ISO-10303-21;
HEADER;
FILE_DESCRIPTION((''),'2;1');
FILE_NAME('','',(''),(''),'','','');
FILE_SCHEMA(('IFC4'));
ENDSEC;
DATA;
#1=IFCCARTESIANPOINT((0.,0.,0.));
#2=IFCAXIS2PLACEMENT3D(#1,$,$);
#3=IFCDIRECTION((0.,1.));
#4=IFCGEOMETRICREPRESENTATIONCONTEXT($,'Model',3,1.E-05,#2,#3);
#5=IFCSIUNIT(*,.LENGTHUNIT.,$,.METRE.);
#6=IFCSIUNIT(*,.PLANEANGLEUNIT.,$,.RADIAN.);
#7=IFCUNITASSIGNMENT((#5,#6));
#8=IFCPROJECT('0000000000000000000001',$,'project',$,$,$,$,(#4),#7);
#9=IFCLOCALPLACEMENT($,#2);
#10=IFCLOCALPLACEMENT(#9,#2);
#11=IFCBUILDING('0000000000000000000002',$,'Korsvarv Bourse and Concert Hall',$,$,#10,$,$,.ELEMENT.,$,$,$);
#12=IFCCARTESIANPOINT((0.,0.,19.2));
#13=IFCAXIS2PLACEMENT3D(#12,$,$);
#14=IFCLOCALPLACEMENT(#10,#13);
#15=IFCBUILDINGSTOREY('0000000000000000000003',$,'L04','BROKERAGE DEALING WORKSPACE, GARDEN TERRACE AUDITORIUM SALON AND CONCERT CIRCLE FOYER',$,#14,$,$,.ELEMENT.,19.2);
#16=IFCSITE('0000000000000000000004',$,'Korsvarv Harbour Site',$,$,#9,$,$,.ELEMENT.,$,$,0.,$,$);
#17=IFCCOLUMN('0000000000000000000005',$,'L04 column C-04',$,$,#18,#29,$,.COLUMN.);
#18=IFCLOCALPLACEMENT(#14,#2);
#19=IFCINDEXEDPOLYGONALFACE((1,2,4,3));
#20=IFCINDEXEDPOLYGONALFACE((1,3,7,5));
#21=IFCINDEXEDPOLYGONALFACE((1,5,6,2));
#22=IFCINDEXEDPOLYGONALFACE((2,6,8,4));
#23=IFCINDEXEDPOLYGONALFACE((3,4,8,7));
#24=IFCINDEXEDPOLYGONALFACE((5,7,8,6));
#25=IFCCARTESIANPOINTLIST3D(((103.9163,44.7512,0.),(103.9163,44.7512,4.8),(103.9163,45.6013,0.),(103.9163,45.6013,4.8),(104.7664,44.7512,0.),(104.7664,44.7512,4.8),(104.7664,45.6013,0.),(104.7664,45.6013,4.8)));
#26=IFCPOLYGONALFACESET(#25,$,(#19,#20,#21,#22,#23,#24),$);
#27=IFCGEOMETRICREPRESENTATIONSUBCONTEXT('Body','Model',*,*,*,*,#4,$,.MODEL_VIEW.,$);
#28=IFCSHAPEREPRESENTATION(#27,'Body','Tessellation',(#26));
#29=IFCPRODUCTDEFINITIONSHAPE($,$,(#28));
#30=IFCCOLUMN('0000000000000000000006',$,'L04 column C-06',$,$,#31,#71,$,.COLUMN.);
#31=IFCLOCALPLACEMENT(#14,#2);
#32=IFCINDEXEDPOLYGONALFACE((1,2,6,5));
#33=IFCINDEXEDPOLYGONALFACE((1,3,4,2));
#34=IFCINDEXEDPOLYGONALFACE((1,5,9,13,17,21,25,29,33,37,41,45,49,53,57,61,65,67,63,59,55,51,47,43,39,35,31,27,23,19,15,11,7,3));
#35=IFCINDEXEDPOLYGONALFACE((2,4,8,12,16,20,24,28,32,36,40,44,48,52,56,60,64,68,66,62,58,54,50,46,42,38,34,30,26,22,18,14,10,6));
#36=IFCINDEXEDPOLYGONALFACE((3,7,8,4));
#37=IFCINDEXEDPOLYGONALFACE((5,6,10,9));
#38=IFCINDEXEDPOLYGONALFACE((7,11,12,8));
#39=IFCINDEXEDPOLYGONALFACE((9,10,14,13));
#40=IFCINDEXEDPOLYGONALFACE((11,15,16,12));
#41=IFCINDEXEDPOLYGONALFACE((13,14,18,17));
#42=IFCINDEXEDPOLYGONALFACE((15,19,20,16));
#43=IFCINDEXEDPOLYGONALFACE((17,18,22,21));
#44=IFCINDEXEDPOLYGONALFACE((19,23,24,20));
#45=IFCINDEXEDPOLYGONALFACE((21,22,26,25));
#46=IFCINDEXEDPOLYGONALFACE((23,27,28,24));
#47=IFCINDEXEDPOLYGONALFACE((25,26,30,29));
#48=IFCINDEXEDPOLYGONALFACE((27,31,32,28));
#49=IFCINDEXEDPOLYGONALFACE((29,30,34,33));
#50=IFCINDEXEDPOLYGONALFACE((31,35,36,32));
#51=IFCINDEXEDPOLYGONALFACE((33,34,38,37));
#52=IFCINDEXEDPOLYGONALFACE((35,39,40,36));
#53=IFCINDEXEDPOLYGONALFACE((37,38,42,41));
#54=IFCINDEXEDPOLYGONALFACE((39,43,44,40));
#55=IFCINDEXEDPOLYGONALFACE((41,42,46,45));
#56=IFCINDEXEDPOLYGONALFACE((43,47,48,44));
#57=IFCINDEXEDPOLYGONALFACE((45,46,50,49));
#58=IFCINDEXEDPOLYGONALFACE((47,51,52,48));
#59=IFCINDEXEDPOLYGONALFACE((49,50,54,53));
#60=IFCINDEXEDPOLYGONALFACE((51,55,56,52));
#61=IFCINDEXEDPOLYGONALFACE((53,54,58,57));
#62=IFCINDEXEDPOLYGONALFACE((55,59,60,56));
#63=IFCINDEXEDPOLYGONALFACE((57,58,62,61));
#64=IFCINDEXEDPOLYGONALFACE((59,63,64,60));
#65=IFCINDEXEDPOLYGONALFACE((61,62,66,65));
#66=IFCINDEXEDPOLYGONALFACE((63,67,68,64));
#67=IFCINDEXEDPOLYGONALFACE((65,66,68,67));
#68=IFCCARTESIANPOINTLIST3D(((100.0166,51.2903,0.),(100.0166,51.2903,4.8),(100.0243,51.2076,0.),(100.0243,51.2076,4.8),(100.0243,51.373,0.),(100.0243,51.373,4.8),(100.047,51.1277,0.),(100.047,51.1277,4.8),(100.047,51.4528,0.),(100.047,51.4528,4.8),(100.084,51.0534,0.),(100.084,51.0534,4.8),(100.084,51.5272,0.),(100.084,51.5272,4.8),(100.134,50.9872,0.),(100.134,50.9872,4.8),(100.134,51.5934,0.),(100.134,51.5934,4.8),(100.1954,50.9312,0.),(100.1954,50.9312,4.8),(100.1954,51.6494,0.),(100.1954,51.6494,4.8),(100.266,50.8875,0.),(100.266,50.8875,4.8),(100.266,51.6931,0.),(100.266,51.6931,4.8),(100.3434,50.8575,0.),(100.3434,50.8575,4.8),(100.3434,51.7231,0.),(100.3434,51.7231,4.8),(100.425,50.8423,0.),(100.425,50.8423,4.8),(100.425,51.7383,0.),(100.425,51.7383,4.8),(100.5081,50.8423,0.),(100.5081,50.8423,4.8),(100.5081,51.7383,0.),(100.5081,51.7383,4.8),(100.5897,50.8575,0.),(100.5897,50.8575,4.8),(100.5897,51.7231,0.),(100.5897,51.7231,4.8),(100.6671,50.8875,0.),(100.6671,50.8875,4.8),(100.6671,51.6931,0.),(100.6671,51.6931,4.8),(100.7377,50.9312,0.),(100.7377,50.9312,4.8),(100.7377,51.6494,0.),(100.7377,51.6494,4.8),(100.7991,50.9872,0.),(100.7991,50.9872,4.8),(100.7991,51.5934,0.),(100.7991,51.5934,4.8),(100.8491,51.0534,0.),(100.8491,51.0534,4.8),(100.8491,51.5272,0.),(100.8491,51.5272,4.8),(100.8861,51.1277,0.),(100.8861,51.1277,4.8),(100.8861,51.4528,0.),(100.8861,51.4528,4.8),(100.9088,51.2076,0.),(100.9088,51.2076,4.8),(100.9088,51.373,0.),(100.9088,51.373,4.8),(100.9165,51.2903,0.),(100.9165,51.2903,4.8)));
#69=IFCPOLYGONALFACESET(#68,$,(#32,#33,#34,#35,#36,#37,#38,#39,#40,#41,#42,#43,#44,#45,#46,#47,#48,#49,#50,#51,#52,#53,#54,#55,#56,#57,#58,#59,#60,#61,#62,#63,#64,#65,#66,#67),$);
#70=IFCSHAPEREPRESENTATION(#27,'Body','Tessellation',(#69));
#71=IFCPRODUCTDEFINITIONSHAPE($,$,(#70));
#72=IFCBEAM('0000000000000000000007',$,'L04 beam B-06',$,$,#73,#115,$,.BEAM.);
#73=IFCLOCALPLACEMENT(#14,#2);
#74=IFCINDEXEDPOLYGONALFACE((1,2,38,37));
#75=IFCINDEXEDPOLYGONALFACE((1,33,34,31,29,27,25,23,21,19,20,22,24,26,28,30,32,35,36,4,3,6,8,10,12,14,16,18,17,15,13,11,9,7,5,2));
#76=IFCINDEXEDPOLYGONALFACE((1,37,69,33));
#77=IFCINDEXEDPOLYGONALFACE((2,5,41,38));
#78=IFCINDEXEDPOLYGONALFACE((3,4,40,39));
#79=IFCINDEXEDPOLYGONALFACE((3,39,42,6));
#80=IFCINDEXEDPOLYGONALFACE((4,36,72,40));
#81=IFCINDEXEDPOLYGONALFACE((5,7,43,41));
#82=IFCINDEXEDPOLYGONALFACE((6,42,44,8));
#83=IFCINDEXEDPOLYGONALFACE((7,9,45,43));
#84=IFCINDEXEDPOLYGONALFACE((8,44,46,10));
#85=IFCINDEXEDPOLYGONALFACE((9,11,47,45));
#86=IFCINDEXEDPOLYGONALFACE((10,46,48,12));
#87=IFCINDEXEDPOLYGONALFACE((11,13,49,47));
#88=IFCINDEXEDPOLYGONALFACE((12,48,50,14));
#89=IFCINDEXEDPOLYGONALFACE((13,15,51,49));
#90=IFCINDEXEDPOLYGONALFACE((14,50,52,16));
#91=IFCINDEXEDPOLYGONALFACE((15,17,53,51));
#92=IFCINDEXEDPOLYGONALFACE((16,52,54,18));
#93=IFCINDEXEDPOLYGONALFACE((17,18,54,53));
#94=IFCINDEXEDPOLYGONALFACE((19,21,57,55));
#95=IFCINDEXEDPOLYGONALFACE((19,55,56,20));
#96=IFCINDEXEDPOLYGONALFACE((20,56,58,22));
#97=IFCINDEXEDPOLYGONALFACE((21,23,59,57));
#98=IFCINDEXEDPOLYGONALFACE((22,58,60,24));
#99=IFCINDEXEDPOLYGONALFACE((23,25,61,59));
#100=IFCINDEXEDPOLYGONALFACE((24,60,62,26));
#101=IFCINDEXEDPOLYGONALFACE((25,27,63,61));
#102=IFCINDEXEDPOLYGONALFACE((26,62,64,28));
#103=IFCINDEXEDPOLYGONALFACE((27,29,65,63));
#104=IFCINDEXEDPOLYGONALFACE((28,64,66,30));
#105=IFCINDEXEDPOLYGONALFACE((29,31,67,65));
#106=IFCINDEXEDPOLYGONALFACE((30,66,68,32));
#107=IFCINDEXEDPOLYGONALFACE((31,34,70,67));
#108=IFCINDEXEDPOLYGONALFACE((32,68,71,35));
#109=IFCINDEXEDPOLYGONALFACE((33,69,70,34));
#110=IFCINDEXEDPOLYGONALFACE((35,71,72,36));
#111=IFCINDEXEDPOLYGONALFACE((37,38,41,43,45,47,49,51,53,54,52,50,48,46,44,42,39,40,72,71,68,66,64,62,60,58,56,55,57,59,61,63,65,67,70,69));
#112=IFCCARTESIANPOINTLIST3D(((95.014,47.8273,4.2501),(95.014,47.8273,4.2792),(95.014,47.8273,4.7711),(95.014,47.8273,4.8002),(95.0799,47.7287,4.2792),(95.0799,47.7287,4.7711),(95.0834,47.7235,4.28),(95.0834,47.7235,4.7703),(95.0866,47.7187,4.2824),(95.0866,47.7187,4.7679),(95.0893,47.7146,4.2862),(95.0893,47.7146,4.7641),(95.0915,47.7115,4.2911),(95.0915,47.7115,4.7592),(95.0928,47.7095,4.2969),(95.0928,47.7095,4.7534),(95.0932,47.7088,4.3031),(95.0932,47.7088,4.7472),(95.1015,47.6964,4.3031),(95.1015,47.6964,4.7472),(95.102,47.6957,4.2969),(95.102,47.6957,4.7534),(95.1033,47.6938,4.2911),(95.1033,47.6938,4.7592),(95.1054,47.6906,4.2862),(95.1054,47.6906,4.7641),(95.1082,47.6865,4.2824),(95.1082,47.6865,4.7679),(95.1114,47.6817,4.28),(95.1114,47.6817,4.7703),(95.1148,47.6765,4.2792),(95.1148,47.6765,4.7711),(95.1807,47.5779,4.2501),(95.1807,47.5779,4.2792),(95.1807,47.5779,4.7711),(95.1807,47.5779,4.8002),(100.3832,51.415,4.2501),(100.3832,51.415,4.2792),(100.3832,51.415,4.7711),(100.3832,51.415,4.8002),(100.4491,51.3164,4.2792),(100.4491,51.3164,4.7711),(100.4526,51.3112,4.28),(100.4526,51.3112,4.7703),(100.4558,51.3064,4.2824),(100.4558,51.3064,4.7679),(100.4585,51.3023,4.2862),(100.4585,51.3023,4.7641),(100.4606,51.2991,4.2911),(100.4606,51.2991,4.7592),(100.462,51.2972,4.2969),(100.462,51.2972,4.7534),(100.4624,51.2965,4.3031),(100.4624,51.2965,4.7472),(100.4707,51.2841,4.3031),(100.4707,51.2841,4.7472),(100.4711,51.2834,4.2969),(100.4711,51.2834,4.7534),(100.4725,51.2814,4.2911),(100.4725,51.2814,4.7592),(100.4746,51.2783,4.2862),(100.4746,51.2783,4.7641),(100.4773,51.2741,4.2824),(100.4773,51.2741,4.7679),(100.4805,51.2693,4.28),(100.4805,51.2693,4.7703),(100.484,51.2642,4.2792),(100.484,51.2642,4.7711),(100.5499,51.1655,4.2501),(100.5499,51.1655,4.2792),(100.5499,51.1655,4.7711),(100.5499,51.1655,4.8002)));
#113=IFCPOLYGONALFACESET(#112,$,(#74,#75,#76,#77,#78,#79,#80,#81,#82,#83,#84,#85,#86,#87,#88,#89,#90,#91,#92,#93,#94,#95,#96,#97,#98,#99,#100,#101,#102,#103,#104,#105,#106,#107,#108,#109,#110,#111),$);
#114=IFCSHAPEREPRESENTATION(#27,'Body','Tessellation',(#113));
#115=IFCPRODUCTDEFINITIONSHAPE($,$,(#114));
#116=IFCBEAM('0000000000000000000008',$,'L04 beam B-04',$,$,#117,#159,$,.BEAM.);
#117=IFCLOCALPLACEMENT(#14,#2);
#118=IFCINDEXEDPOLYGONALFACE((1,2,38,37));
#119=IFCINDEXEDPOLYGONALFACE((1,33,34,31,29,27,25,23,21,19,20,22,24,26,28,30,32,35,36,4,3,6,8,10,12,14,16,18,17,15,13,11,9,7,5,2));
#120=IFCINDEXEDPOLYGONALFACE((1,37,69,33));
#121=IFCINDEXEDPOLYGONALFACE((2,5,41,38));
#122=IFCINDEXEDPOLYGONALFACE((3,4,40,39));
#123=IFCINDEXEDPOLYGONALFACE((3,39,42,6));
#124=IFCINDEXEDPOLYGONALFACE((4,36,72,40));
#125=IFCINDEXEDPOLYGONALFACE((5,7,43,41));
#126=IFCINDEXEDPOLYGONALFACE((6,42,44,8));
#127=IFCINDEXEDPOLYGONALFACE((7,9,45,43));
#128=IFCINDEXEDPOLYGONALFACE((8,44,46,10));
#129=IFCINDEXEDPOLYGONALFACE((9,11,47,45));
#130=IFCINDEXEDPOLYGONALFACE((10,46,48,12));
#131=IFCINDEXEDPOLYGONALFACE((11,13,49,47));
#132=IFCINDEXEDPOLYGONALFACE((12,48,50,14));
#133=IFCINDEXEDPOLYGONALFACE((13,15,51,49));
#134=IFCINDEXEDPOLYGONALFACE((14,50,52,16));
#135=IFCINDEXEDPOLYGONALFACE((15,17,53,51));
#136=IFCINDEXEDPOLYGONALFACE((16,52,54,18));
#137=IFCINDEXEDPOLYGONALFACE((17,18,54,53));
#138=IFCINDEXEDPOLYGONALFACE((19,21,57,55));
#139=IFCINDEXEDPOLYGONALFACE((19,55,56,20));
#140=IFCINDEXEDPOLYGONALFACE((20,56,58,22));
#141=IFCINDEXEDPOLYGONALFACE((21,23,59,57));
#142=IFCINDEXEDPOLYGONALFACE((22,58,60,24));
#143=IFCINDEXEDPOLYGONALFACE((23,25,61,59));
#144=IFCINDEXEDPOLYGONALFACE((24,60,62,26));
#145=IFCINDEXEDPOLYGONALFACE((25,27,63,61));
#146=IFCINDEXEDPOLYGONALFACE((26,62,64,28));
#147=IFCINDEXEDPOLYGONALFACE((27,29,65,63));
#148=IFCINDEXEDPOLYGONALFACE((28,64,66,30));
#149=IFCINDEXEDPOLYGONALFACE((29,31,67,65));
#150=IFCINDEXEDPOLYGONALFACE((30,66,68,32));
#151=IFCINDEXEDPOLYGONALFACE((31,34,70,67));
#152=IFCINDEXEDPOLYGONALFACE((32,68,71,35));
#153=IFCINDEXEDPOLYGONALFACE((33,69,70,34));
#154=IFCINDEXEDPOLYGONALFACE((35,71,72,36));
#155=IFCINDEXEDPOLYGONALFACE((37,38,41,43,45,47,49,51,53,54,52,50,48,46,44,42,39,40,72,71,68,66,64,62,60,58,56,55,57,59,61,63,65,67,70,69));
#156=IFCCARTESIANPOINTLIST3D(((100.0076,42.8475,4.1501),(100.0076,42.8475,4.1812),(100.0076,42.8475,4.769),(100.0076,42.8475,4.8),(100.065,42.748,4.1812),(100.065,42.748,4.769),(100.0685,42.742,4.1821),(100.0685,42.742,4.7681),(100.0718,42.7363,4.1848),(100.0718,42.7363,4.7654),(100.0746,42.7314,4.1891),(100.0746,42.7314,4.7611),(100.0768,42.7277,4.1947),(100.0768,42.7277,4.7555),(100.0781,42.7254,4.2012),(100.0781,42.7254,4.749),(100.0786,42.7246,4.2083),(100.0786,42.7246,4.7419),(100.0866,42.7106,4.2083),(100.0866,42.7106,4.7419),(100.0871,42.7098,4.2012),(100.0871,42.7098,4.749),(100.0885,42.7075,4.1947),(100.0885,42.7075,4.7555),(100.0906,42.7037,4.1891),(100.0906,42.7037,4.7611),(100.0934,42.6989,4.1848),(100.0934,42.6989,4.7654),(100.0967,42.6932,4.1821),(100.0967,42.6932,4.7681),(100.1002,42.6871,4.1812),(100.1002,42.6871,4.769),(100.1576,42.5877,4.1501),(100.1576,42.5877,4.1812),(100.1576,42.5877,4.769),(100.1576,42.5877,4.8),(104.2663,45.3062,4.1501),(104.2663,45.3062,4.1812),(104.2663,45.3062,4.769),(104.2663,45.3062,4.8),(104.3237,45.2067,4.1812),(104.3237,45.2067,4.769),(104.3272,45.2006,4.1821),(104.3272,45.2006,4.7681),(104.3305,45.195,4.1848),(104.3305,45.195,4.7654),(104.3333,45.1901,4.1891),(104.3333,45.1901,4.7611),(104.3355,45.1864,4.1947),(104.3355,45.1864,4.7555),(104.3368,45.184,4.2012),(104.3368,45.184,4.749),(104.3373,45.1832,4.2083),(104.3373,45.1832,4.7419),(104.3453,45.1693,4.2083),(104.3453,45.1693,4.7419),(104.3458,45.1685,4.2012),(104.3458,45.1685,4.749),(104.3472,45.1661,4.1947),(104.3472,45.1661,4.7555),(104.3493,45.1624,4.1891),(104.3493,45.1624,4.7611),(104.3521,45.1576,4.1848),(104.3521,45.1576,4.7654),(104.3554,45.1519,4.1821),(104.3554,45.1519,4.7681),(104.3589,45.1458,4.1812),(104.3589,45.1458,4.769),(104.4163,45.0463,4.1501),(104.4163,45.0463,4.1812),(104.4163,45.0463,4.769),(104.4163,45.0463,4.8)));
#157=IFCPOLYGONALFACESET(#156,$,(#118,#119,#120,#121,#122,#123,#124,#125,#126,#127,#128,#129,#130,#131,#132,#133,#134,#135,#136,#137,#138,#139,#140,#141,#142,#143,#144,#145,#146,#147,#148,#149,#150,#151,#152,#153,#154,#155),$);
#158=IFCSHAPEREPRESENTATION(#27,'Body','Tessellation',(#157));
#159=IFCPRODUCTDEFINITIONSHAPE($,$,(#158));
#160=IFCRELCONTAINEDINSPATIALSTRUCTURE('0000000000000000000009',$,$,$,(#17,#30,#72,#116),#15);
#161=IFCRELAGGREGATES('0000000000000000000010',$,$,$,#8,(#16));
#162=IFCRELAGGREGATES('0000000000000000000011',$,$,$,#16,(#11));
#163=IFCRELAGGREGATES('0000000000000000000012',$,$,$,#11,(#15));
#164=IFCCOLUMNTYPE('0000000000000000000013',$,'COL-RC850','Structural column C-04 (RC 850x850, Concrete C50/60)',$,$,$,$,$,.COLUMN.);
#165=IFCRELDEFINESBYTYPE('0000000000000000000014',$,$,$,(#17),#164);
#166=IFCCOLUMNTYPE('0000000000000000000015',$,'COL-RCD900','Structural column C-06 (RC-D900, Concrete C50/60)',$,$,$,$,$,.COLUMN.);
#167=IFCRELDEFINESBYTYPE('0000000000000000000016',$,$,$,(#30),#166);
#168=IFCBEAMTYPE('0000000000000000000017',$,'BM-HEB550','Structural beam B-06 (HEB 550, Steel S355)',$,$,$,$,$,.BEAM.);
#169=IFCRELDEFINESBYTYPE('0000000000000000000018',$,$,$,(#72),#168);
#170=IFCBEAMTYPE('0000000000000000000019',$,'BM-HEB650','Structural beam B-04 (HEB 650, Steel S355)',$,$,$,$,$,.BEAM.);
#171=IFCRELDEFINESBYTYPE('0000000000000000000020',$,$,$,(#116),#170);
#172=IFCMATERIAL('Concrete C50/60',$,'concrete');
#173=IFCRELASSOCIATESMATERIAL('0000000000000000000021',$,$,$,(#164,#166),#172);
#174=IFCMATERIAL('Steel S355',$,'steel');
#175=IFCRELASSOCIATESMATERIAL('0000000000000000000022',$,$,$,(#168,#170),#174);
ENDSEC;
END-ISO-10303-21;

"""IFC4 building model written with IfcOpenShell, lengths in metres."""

from ifc_helpers import new_model, si_unit, direction, frame, origin, origin_2d, place, context, subcontext, project, spatial, rectangle, circle, i_section, extrude, source, transform, mapped, material, material_profile, profile_set, type_object, element, save


model = new_model("IFC4")

# Units and contexts
model_context = context("Model", 3, precision=1e-05, world=origin(), true_north=direction((0.0, 1.0)))
body_context = subcontext(model_context, "Body", "Model", "MODEL_VIEW")
ifc_project = project(units=[si_unit("LENGTHUNIT", "METRE"), si_unit("PLANEANGLEUNIT", "RADIAN")], contexts=[model_context])

# Site, building, storey
site_placement = place(None, origin())
site = spatial("IfcSite", under=ifc_project, at=site_placement, Name="Korsvarv Harbour Site", CompositionType="ELEMENT", RefElevation=0.0)
building_placement = place(site_placement, origin())
building = spatial("IfcBuilding", under=site, at=building_placement, Name="Korsvarv Bourse and Concert Hall", CompositionType="ELEMENT")
storey_placement = place(building_placement, frame((0.0, 0.0, 19.2)))
storey = spatial("IfcBuildingStorey", under=building, at=storey_placement, Name="L04", Description="BROKERAGE DEALING WORKSPACE, GARDEN TERRACE AUDITORIUM SALON AND CONCERT CIRCLE FOYER", CompositionType="ELEMENT", Elevation=19.2)

# Columns
ifc_material_1 = material(Name="Concrete C50/60", Category="concrete")
ifc_material_profile_1 = material_profile(ifc_material_1, rectangle(XDim=0.8501, YDim=0.8501, at=origin_2d()), Name="RC 850x850")
ifc_profile_set_1 = profile_set([ifc_material_profile_1], Name="Concrete C50/60")
column_type_1 = type_object("IfcColumnType", Name="COL-RC850", Description="Structural column C-04 (RC 850x850, Concrete C50/60)", PredefinedType="COLUMN", material=ifc_profile_set_1)
shared_shape_1 = source(origin(), body_context, "Body", "SweptSolid", [
    extrude(rectangle(XDim=0.8501, YDim=0.8501, at=origin_2d()), origin(), (0.0, 0.0, 1.0), 4.8),
])
column_1_placement = place(storey_placement, frame((104.3413, 45.1763, 0.0), z_axis=(0.0, 0.0, 1.0), x_axis=(1.0, 0.0, 0.0)))
element("IfcColumn", 1, at=column_1_placement, inside=storey, type_object=column_type_1, Name="L04 column C-04", PredefinedType="COLUMN", context=body_context, shape_type="MappedRepresentation", body=[
    mapped(shared_shape_1, transform((0.0, 0.0, 0.0), scale=1.0)),
])
ifc_material_profile_2 = material_profile(ifc_material_1, circle(Radius=0.45, at=origin_2d()), Name="RC-D900")
ifc_profile_set_2 = profile_set([ifc_material_profile_2], Name="Concrete C50/60")
column_type_2 = type_object("IfcColumnType", Name="COL-RCD900", Description="Structural column C-06 (RC-D900, Concrete C50/60)", PredefinedType="COLUMN", material=ifc_profile_set_2)
shared_shape_2 = source(origin(), body_context, "Body", "SweptSolid", [
    extrude(circle(Radius=0.45, at=origin_2d()), origin(), (0.0, 0.0, 1.0), 4.8),
])
column_2_placement = place(storey_placement, frame((100.4666, 51.2903, 0.0), z_axis=(0.0, 0.0, 1.0), x_axis=(1.0, 0.0, 0.0)))
element("IfcColumn", 2, at=column_2_placement, inside=storey, type_object=column_type_2, Name="L04 column C-06", PredefinedType="COLUMN", context=body_context, shape_type="MappedRepresentation", body=[
    mapped(shared_shape_2, transform((0.0, 0.0, 0.0), scale=1.0)),
])

# Beams
ifc_material_2 = material(Name="Steel S355", Category="steel")
ifc_material_profile_3 = material_profile(ifc_material_2, i_section(OverallWidth=0.3, OverallDepth=0.55, WebThickness=0.0149, FlangeThickness=0.0291, FilletRadius=0.0239, at=origin_2d()), Name="HEB 550")
ifc_profile_set_3 = profile_set([ifc_material_profile_3], Name="Steel S355")
beam_type_1 = type_object("IfcBeamType", Name="BM-HEB550", Description="Structural beam B-06 (HEB 550, Steel S355)", PredefinedType="BEAM", material=ifc_profile_set_3)
shared_shape_3 = source(origin(), body_context, "Body", "SweptSolid", [
    extrude(i_section(OverallWidth=0.3, OverallDepth=0.55, WebThickness=0.0149, FlangeThickness=0.0291, FilletRadius=0.0239, at=origin_2d()), origin(), (0.0, 0.0, 1.0), 6.4575),
])
beam_1_placement = place(storey_placement, frame((100.4666, 51.2903, 4.5251), z_axis=(-0.831462, -0.555581, 0.0), x_axis=(0.555581, -0.831462, 0.0)))
element("IfcBeam", 3, at=beam_1_placement, inside=storey, type_object=beam_type_1, Name="L04 beam B-06", PredefinedType="BEAM", context=body_context, shape_type="MappedRepresentation", body=[
    mapped(shared_shape_3, transform((0.0, 0.0, 0.0), scale=1.0)),
])
ifc_material_profile_4 = material_profile(ifc_material_2, i_section(OverallWidth=0.3, OverallDepth=0.6499, WebThickness=0.0161, FlangeThickness=0.031, FilletRadius=0.0271, at=origin_2d()), Name="HEB 650")
ifc_profile_set_4 = profile_set([ifc_material_profile_4], Name="Steel S355")
beam_type_2 = type_object("IfcBeamType", Name="BM-HEB650", Description="Structural beam B-04 (HEB 650, Steel S355)", PredefinedType="BEAM", material=ifc_profile_set_4)
shared_shape_4 = source(origin(), body_context, "Body", "SweptSolid", [
    extrude(i_section(OverallWidth=0.3, OverallDepth=0.6499, WebThickness=0.0161, FlangeThickness=0.031, FilletRadius=0.0271, at=origin_2d()), origin(), (0.0, 0.0, 1.0), 4.9175),
])
beam_2_placement = place(storey_placement, frame((104.3413, 45.1763, 4.4751), z_axis=(-0.866032, -0.499989, 0.0), x_axis=(0.499989, -0.866032, 0.0)))
element("IfcBeam", 4, at=beam_2_placement, inside=storey, type_object=beam_type_2, Name="L04 beam B-04", PredefinedType="BEAM", context=body_context, shape_type="MappedRepresentation", body=[
    mapped(shared_shape_4, transform((0.0, 0.0, 0.0), scale=1.0)),
])

save(model, "model.ifc")
